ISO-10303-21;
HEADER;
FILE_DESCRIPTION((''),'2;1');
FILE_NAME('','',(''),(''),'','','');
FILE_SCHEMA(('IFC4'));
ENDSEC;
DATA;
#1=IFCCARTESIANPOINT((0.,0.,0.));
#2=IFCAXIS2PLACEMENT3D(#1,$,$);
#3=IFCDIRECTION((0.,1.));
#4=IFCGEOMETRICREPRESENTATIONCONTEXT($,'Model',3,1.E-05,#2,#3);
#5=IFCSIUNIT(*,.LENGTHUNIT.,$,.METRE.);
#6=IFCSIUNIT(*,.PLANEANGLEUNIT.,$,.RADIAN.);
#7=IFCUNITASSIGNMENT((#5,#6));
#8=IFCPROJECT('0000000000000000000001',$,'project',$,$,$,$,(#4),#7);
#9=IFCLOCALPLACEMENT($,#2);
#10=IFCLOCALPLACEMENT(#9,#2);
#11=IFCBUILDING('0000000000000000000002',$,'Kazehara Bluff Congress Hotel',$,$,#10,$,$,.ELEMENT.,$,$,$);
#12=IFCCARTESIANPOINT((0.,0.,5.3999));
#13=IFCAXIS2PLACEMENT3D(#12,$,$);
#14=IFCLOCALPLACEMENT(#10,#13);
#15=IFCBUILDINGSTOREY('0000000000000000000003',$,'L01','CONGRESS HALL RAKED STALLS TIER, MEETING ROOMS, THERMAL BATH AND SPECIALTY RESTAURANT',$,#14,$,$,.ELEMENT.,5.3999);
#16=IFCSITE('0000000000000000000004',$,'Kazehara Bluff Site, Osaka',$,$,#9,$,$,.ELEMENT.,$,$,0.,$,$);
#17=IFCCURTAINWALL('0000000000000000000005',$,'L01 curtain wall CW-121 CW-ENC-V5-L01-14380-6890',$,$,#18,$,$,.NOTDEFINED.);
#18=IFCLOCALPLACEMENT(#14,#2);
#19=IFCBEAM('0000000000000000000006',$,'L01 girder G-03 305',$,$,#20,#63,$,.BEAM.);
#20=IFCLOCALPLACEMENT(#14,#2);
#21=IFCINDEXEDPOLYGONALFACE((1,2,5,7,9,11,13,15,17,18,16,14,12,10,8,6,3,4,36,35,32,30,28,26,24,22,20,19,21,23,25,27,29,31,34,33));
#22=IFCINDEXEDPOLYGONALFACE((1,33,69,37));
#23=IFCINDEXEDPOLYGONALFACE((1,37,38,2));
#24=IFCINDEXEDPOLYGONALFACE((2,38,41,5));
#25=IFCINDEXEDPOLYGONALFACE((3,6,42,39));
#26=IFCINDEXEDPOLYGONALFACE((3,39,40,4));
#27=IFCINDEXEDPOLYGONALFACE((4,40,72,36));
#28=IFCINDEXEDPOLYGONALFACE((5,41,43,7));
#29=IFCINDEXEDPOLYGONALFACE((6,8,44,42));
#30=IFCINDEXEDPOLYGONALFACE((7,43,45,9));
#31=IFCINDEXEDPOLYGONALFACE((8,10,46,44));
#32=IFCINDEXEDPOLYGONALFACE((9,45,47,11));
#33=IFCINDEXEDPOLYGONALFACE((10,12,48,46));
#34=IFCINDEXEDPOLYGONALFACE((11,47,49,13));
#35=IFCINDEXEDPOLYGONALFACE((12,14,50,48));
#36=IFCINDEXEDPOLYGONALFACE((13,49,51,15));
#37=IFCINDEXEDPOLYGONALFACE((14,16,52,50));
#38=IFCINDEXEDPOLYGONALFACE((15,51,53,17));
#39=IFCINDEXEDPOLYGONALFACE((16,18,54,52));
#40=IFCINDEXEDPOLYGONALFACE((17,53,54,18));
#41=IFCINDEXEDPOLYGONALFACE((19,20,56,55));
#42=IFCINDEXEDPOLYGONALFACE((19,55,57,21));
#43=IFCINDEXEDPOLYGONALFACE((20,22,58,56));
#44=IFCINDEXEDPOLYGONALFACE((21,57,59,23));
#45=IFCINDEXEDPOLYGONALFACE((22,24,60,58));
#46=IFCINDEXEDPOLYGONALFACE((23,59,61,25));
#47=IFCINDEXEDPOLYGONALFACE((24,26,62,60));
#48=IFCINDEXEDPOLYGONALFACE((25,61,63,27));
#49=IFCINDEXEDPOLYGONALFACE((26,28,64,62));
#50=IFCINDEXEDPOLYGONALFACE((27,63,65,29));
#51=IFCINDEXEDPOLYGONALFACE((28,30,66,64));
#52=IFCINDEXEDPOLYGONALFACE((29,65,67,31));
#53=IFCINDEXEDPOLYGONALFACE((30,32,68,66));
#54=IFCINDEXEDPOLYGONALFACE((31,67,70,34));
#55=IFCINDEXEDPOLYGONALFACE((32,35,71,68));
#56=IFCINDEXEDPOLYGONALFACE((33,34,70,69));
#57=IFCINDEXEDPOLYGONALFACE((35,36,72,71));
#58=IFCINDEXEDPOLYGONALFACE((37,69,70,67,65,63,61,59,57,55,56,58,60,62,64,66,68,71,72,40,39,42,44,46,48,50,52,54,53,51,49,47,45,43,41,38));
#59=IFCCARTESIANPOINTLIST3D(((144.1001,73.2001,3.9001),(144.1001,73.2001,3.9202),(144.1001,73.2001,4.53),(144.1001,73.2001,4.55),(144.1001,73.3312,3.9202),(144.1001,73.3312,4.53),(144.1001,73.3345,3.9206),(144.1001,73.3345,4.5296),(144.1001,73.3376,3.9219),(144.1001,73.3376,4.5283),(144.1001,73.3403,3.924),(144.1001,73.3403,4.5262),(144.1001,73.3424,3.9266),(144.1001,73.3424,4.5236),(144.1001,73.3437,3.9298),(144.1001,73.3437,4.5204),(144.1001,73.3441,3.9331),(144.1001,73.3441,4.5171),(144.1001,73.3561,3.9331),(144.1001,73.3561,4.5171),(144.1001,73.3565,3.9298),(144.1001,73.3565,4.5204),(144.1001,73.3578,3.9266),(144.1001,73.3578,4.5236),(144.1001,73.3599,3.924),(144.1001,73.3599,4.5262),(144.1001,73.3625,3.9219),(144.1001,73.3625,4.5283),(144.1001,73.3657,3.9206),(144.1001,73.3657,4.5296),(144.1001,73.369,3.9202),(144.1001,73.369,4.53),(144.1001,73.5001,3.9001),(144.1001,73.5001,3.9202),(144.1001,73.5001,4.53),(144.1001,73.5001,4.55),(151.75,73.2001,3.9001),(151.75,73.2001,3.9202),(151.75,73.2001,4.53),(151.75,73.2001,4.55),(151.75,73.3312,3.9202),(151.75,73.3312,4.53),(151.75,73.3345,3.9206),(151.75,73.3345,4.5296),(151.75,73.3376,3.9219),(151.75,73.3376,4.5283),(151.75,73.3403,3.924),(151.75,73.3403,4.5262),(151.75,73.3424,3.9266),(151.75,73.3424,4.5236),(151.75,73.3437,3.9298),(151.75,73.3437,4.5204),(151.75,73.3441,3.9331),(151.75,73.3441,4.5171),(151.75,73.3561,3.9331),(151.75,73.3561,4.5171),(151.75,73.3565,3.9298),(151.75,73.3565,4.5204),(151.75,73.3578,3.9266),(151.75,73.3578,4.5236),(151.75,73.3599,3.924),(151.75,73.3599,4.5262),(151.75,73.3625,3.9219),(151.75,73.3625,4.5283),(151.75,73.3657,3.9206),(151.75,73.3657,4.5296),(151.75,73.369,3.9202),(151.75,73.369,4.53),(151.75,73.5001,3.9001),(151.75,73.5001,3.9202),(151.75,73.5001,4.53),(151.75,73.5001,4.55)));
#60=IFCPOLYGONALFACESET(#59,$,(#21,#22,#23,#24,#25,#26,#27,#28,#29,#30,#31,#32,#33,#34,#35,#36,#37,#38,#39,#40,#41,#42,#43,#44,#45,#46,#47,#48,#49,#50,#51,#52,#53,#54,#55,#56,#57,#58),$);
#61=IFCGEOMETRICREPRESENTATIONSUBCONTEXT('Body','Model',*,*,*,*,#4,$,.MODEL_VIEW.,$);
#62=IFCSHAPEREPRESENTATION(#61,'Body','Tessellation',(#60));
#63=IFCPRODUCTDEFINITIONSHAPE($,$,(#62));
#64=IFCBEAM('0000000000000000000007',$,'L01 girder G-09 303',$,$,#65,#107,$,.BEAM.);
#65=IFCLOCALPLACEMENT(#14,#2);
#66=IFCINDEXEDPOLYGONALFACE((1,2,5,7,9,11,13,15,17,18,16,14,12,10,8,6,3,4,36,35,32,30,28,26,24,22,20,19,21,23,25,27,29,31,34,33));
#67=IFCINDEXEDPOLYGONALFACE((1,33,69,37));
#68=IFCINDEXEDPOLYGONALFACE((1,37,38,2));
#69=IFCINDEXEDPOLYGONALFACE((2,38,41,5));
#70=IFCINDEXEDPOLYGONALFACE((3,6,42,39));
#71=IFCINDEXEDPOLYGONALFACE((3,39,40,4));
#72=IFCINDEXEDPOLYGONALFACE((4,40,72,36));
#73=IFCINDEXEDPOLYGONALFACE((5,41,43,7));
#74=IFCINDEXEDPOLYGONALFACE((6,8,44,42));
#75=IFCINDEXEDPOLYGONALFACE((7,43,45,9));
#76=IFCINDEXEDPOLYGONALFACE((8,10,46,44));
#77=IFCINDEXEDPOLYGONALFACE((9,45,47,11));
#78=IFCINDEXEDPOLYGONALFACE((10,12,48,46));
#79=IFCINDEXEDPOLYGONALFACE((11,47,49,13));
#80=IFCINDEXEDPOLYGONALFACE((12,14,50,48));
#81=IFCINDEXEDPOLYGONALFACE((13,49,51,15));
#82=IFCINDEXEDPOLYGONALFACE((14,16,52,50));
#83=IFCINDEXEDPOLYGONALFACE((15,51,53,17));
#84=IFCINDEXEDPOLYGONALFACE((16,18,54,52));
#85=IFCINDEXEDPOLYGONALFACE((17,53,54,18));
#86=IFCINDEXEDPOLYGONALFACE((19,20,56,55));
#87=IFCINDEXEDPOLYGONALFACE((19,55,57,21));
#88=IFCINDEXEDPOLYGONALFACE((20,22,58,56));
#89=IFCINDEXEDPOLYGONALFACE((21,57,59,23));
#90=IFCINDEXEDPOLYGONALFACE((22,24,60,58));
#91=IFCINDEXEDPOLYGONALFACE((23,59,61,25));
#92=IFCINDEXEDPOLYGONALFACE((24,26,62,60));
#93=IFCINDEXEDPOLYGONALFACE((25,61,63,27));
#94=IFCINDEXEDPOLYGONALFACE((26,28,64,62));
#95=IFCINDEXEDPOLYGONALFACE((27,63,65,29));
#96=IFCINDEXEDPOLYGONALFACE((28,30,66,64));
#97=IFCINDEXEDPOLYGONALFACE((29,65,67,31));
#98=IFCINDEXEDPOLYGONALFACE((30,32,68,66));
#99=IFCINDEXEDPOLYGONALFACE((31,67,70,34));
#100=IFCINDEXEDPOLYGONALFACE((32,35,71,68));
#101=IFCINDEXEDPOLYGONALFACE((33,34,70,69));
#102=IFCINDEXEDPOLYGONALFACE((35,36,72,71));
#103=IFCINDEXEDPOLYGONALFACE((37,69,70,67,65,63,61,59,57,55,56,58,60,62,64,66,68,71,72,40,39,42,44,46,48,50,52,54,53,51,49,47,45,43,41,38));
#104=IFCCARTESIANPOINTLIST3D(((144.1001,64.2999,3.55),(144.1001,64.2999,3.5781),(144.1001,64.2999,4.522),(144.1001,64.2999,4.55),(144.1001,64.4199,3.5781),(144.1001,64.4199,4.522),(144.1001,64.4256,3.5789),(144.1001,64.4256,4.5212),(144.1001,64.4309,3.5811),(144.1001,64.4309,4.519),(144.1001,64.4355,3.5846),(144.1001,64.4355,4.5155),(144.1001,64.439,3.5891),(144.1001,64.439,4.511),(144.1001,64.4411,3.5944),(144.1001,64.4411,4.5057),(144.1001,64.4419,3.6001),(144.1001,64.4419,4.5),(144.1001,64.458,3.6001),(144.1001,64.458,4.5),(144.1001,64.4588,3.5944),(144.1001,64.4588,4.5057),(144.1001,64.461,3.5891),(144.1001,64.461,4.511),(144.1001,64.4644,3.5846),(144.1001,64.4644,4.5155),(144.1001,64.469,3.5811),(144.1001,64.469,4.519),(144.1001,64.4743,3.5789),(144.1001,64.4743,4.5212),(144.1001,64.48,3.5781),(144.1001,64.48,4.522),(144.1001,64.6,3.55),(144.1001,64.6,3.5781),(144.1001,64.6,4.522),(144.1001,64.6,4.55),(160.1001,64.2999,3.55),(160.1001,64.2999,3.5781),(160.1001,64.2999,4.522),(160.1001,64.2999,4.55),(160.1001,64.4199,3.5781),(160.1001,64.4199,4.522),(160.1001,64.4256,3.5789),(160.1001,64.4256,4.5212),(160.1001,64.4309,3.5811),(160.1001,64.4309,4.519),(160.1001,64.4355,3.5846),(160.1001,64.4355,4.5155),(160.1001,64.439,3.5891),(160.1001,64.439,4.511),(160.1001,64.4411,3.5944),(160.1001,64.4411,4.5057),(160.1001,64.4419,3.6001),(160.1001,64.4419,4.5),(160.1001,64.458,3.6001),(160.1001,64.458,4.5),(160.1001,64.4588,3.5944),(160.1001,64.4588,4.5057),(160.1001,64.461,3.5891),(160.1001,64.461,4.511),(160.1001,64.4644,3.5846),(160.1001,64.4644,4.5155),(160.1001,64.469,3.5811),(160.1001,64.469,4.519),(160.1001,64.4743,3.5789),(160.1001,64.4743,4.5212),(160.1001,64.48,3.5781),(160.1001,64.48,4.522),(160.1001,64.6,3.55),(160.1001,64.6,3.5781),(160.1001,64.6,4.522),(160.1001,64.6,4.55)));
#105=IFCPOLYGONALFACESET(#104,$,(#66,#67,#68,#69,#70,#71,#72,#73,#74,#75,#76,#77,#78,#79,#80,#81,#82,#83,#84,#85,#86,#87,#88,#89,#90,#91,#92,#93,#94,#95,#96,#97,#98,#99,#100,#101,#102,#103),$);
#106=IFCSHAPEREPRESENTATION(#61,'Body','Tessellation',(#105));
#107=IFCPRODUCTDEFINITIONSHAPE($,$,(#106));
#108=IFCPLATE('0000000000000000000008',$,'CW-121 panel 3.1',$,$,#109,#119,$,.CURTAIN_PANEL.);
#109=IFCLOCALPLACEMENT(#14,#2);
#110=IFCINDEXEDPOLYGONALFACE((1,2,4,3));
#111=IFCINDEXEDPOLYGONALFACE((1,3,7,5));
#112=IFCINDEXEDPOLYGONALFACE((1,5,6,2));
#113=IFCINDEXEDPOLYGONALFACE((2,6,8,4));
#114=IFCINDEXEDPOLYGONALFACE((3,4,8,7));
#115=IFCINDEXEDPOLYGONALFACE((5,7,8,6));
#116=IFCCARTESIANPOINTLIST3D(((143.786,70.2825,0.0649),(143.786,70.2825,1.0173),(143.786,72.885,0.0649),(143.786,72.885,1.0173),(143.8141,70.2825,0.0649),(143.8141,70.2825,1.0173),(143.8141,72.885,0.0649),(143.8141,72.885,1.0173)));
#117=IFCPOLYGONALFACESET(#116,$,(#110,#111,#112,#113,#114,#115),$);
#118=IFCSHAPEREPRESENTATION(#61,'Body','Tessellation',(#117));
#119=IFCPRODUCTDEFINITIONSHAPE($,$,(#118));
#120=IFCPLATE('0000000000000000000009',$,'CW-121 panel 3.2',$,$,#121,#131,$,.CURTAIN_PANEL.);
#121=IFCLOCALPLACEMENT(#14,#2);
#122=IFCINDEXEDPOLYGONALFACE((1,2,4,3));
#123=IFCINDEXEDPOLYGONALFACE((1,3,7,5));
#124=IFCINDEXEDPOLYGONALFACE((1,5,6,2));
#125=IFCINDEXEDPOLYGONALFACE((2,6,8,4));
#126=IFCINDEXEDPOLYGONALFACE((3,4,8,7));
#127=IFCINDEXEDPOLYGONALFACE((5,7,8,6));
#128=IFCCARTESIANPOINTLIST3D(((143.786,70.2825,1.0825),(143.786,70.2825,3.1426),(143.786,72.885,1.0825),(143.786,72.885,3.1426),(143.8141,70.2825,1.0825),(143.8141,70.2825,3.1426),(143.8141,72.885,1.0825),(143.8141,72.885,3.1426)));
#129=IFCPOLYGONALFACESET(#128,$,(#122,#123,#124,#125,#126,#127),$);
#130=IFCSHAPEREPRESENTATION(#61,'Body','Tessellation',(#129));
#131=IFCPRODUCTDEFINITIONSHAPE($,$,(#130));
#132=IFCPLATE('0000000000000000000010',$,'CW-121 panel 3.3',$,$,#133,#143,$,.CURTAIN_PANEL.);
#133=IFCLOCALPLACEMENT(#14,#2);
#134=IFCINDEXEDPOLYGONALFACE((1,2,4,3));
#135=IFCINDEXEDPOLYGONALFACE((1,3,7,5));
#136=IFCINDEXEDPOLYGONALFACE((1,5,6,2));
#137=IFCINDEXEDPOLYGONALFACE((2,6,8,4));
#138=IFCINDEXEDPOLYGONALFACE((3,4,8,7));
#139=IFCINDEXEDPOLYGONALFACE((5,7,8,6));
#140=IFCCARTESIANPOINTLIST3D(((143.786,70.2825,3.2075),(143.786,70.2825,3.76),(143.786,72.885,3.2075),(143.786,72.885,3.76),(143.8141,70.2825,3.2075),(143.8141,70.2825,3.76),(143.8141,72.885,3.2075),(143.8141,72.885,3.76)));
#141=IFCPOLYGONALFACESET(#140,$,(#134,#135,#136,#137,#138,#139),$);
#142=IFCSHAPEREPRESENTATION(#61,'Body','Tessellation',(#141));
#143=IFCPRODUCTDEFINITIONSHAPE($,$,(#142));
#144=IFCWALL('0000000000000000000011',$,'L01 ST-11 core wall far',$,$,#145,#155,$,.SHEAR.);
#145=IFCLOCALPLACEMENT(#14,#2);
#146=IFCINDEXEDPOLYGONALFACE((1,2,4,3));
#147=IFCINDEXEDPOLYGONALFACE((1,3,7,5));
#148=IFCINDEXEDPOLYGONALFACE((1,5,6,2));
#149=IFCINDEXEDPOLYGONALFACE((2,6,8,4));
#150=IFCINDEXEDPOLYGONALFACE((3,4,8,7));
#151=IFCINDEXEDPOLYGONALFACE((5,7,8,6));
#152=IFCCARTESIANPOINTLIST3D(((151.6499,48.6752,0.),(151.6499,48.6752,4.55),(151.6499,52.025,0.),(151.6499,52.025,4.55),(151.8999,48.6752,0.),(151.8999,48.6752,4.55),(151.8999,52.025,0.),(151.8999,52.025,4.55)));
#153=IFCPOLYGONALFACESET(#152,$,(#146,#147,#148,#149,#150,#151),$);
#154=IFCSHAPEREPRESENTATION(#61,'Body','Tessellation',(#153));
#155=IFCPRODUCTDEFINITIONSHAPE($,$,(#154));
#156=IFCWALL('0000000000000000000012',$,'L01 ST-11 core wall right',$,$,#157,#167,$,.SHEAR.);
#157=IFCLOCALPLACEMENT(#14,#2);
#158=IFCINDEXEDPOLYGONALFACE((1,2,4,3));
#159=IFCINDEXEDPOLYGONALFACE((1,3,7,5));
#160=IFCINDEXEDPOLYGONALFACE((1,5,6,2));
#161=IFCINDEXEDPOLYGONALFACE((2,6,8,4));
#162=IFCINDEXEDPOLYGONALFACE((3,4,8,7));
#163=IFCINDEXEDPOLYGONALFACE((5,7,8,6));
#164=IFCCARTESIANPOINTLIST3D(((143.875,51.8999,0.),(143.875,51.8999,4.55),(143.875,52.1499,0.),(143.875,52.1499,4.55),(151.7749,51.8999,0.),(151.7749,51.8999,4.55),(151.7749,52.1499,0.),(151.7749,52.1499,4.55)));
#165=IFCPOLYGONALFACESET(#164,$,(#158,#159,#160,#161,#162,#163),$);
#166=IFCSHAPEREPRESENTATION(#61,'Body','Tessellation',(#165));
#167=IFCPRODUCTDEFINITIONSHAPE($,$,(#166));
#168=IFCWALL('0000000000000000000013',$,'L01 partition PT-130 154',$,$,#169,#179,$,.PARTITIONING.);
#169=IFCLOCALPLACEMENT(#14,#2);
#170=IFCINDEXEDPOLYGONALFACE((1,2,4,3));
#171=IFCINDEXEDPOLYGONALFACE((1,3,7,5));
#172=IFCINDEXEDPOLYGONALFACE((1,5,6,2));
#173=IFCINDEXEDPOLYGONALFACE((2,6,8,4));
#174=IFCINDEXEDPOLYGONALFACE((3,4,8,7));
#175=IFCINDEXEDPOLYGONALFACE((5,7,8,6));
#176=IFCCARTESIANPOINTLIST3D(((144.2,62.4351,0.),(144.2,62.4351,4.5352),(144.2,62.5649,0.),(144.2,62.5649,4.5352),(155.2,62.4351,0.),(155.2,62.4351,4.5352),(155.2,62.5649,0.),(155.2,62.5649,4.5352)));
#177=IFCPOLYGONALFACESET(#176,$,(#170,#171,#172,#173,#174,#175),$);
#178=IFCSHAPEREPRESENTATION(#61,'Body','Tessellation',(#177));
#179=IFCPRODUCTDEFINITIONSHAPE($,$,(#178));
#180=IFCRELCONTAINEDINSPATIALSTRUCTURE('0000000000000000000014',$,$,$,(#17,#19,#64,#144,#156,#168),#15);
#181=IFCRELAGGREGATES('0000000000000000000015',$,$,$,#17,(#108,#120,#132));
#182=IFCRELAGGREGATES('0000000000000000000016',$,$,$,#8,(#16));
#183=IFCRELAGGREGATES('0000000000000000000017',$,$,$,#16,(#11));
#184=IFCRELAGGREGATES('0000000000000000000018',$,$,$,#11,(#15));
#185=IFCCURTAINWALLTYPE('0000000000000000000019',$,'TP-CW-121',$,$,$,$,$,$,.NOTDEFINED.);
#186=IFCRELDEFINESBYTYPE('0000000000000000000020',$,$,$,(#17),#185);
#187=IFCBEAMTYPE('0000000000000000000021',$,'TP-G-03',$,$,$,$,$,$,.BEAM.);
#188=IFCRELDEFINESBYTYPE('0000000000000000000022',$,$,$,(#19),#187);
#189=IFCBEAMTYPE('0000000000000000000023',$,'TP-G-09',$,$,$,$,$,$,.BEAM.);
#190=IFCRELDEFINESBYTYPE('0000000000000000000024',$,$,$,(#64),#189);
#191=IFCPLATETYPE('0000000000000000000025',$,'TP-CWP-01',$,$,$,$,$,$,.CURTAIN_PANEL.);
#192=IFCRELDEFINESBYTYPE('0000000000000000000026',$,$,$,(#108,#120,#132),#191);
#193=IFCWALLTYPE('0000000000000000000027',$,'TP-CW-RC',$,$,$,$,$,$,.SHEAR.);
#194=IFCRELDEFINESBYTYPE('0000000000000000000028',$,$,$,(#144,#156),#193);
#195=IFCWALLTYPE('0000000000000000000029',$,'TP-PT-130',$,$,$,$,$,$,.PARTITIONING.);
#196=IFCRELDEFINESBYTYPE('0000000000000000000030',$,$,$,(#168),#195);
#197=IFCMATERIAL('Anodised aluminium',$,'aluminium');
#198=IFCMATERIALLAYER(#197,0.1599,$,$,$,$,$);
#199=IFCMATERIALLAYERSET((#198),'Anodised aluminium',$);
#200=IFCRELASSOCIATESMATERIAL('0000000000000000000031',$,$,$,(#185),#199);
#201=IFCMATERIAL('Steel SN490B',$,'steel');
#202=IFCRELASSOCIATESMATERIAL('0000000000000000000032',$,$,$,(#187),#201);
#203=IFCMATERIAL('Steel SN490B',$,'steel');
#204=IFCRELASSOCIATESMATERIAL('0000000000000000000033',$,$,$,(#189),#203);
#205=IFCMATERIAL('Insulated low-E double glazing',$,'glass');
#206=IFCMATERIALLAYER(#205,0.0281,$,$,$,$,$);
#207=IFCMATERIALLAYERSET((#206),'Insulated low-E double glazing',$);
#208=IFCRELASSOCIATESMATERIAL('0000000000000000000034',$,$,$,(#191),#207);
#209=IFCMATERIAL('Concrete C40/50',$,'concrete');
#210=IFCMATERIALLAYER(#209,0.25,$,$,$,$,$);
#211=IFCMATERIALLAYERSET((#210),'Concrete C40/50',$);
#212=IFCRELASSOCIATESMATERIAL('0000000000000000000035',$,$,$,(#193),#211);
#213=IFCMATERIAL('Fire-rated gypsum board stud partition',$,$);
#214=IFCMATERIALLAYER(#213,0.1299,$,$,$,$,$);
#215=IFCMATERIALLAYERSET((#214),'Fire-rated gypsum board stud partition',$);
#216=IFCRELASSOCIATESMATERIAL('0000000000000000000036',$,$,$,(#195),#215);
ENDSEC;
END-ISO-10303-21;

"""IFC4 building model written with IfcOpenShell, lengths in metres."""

from ifc_helpers import new_model, si_unit, direction, frame, frame_2d, origin, origin_2d, place, context, subcontext, project, spatial, rectangle, i_section, extrude, material, layer, layer_set, material_profile, profile_set, type_object, element, aggregate, save


model = new_model("IFC4")

# Units and contexts
model_context = context("Model", 3, precision=1e-05, world=origin(), true_north=direction((0.0, 1.0)))
body_context = subcontext(model_context, "Body", "Model", "MODEL_VIEW")
ifc_project = project(units=[si_unit("LENGTHUNIT", "METRE"), si_unit("PLANEANGLEUNIT", "RADIAN")], contexts=[model_context])

# Site, building, storey
site_placement = place(None, origin())
site = spatial("IfcSite", under=ifc_project, at=site_placement, Name="Kazehara Bluff Site, Osaka", CompositionType="ELEMENT", RefElevation=0.0)
building_placement = place(site_placement, origin())
building = spatial("IfcBuilding", under=site, at=building_placement, Name="Kazehara Bluff Congress Hotel", CompositionType="ELEMENT")
storey_placement = place(building_placement, frame((0.0, 0.0, 5.3999)))
storey = spatial("IfcBuildingStorey", under=building, at=storey_placement, Name="L01", Description="CONGRESS HALL RAKED STALLS TIER, MEETING ROOMS, THERMAL BATH AND SPECIALTY RESTAURANT", CompositionType="ELEMENT", Elevation=5.3999)

# Curtain wall
ifc_material_1 = material(Name="Anodised aluminium", Category="aluminium")
ifc_layer_1 = layer(ifc_material_1, 0.1599)
ifc_layer_set_1 = layer_set([ifc_layer_1], Name="Anodised aluminium")
curtain_wall_type_1 = type_object("IfcCurtainWallType", Name="TP-CW-121", PredefinedType="NOTDEFINED", material=ifc_layer_set_1)
curtain_wall_1_placement = place(storey_placement, origin())
curtain_wall_1 = element("IfcCurtainWall", 1, at=curtain_wall_1_placement, inside=storey, type_object=curtain_wall_type_1, Name="L01 curtain wall CW-121 CW-ENC-V5-L01-14380-6890", PredefinedType="NOTDEFINED")

# Beams
ifc_material_2 = material(Name="Steel SN490B", Category="steel")
ifc_material_profile_1 = material_profile(ifc_material_2, i_section(OverallWidth=0.3, OverallDepth=0.6499, WebThickness=0.012, FlangeThickness=0.02, FilletRadius=0.0129, at=origin_2d()))
ifc_profile_set_1 = profile_set([ifc_material_profile_1], Name="Steel SN490B")
beam_type_1 = type_object("IfcBeamType", Name="TP-G-03", PredefinedType="BEAM", material=ifc_profile_set_1)
for number, where, z_axis, x_axis, name in (
    (2, (144.1001, 73.3501, 4.2251), (1.0, 0.0, 0.0), (0.0, 1.0, 0.0), "L01 girder G-03 305"),
):
    element("IfcBeam", number, at=place(storey_placement, frame(where, z_axis=z_axis, x_axis=x_axis)), inside=storey, type_object=beam_type_1, Name=name, PredefinedType="BEAM", context=body_context, shape_type="SweptSolid", body=[
        extrude(i_section(OverallWidth=0.3, OverallDepth=0.6499, WebThickness=0.012, FlangeThickness=0.02, FilletRadius=0.0129, at=origin_2d()), origin(), (0.0, 0.0, 1.0), 7.6499),
    ])
ifc_material_3 = material(Name="Steel SN490B", Category="steel")
ifc_material_profile_2 = material_profile(ifc_material_3, i_section(OverallWidth=0.3, OverallDepth=1.0, WebThickness=0.0161, FlangeThickness=0.0281, FilletRadius=0.022, at=origin_2d()))
ifc_profile_set_2 = profile_set([ifc_material_profile_2], Name="Steel SN490B")
beam_type_2 = type_object("IfcBeamType", Name="TP-G-09", PredefinedType="BEAM", material=ifc_profile_set_2)
beam_placement = place(storey_placement, frame((144.1001, 64.45, 4.05), z_axis=(1.0, 0.0, 0.0), x_axis=(0.0, 1.0, 0.0)))
element("IfcBeam", 3, at=beam_placement, inside=storey, type_object=beam_type_2, Name="L01 girder G-09 303", PredefinedType="BEAM", context=body_context, shape_type="SweptSolid", body=[
    extrude(i_section(OverallWidth=0.3, OverallDepth=1.0, WebThickness=0.0161, FlangeThickness=0.0281, FilletRadius=0.022, at=origin_2d()), origin(), (0.0, 0.0, 1.0), 16.0),
])

# Plates
ifc_material_4 = material(Name="Insulated low-E double glazing", Category="glass")
ifc_layer_2 = layer(ifc_material_4, 0.0281)
ifc_layer_set_2 = layer_set([ifc_layer_2], Name="Insulated low-E double glazing")
plate_type = type_object("IfcPlateType", Name="TP-CWP-01", PredefinedType="CURTAIN_PANEL", material=ifc_layer_set_2)
plate_1_placement = place(storey_placement, frame((143.8, 71.5837, 0.0649), z_axis=(0.0, 0.0, 1.0), x_axis=(0.0, 1.0, 0.0)))
plate_1 = element("IfcPlate", 4, at=plate_1_placement, type_object=plate_type, Name="CW-121 panel 3.1", PredefinedType="CURTAIN_PANEL", context=body_context, shape_type="SweptSolid", body=[
    extrude(rectangle(XDim=2.6025, YDim=0.0281, at=origin_2d()), origin(), (0.0, 0.0, 1.0), 0.9524),
])
plate_2_placement = place(storey_placement, frame((143.8, 71.5837, 1.0825), z_axis=(0.0, 0.0, 1.0), x_axis=(0.0, 1.0, 0.0)))
plate_2 = element("IfcPlate", 5, at=plate_2_placement, type_object=plate_type, Name="CW-121 panel 3.2", PredefinedType="CURTAIN_PANEL", context=body_context, shape_type="SweptSolid", body=[
    extrude(rectangle(XDim=2.6025, YDim=0.0281, at=origin_2d()), origin(), (0.0, 0.0, 1.0), 2.0601),
])
plate_3_placement = place(storey_placement, frame((143.8, 71.5837, 3.2075), z_axis=(0.0, 0.0, 1.0), x_axis=(0.0, 1.0, 0.0)))
plate_3 = element("IfcPlate", 6, at=plate_3_placement, type_object=plate_type, Name="CW-121 panel 3.3", PredefinedType="CURTAIN_PANEL", context=body_context, shape_type="SweptSolid", body=[
    extrude(rectangle(XDim=2.6025, YDim=0.0281, at=origin_2d()), origin(), (0.0, 0.0, 1.0), 0.5525),
])
aggregate(curtain_wall_1, [plate_1, plate_2, plate_3])

# Walls
ifc_material_5 = material(Name="Concrete C40/50", Category="concrete")
ifc_layer_3 = layer(ifc_material_5, 0.25)
ifc_layer_set_3 = layer_set([ifc_layer_3], Name="Concrete C40/50")
wall_type_1 = type_object("IfcWallType", Name="TP-CW-RC", PredefinedType="SHEAR", material=ifc_layer_set_3)
wall_1_placement = place(storey_placement, frame((151.7749, 52.0249, 0.0), z_axis=(0.0, 0.0, 1.0), x_axis=(0.0, -1.0, 0.0)))
element("IfcWall", 7, at=wall_1_placement, inside=storey, type_object=wall_type_1, Name="L01 ST-11 core wall far", PredefinedType="SHEAR", context=body_context, shape_type="SweptSolid", body=[
    extrude(rectangle(XDim=3.3499, YDim=0.25, at=frame_2d((1.6748, 0.0))), origin(), (0.0, 0.0, 1.0), 4.55),
])
wall_2_placement = place(storey_placement, frame((143.875, 52.0249, 0.0), z_axis=(0.0, 0.0, 1.0), x_axis=(1.0, 0.0, 0.0)))
element("IfcWall", 8, at=wall_2_placement, inside=storey, type_object=wall_type_1, Name="L01 ST-11 core wall right", PredefinedType="SHEAR", context=body_context, shape_type="SweptSolid", body=[
    extrude(rectangle(XDim=7.8999, YDim=0.25, at=frame_2d((3.95, 0.0))), origin(), (0.0, 0.0, 1.0), 4.55),
])
ifc_material_6 = material(Name="Fire-rated gypsum board stud partition")
ifc_layer_4 = layer(ifc_material_6, 0.1299)
ifc_layer_set_4 = layer_set([ifc_layer_4], Name="Fire-rated gypsum board stud partition")
wall_type_2 = type_object("IfcWallType", Name="TP-PT-130", PredefinedType="PARTITIONING", material=ifc_layer_set_4)
wall_3_placement = place(storey_placement, frame((144.2, 62.5, 0.0), z_axis=(0.0, 0.0, 1.0), x_axis=(1.0, 0.0, 0.0)))
element("IfcWall", 9, at=wall_3_placement, inside=storey, type_object=wall_type_2, Name="L01 partition PT-130 154", PredefinedType="PARTITIONING", context=body_context, shape_type="SweptSolid", body=[
    extrude(rectangle(XDim=11.0, YDim=0.1299, at=frame_2d((5.5, 0.0))), origin(), (0.0, 0.0, 1.0), 4.5352),
])

save(model, "model.ifc")
